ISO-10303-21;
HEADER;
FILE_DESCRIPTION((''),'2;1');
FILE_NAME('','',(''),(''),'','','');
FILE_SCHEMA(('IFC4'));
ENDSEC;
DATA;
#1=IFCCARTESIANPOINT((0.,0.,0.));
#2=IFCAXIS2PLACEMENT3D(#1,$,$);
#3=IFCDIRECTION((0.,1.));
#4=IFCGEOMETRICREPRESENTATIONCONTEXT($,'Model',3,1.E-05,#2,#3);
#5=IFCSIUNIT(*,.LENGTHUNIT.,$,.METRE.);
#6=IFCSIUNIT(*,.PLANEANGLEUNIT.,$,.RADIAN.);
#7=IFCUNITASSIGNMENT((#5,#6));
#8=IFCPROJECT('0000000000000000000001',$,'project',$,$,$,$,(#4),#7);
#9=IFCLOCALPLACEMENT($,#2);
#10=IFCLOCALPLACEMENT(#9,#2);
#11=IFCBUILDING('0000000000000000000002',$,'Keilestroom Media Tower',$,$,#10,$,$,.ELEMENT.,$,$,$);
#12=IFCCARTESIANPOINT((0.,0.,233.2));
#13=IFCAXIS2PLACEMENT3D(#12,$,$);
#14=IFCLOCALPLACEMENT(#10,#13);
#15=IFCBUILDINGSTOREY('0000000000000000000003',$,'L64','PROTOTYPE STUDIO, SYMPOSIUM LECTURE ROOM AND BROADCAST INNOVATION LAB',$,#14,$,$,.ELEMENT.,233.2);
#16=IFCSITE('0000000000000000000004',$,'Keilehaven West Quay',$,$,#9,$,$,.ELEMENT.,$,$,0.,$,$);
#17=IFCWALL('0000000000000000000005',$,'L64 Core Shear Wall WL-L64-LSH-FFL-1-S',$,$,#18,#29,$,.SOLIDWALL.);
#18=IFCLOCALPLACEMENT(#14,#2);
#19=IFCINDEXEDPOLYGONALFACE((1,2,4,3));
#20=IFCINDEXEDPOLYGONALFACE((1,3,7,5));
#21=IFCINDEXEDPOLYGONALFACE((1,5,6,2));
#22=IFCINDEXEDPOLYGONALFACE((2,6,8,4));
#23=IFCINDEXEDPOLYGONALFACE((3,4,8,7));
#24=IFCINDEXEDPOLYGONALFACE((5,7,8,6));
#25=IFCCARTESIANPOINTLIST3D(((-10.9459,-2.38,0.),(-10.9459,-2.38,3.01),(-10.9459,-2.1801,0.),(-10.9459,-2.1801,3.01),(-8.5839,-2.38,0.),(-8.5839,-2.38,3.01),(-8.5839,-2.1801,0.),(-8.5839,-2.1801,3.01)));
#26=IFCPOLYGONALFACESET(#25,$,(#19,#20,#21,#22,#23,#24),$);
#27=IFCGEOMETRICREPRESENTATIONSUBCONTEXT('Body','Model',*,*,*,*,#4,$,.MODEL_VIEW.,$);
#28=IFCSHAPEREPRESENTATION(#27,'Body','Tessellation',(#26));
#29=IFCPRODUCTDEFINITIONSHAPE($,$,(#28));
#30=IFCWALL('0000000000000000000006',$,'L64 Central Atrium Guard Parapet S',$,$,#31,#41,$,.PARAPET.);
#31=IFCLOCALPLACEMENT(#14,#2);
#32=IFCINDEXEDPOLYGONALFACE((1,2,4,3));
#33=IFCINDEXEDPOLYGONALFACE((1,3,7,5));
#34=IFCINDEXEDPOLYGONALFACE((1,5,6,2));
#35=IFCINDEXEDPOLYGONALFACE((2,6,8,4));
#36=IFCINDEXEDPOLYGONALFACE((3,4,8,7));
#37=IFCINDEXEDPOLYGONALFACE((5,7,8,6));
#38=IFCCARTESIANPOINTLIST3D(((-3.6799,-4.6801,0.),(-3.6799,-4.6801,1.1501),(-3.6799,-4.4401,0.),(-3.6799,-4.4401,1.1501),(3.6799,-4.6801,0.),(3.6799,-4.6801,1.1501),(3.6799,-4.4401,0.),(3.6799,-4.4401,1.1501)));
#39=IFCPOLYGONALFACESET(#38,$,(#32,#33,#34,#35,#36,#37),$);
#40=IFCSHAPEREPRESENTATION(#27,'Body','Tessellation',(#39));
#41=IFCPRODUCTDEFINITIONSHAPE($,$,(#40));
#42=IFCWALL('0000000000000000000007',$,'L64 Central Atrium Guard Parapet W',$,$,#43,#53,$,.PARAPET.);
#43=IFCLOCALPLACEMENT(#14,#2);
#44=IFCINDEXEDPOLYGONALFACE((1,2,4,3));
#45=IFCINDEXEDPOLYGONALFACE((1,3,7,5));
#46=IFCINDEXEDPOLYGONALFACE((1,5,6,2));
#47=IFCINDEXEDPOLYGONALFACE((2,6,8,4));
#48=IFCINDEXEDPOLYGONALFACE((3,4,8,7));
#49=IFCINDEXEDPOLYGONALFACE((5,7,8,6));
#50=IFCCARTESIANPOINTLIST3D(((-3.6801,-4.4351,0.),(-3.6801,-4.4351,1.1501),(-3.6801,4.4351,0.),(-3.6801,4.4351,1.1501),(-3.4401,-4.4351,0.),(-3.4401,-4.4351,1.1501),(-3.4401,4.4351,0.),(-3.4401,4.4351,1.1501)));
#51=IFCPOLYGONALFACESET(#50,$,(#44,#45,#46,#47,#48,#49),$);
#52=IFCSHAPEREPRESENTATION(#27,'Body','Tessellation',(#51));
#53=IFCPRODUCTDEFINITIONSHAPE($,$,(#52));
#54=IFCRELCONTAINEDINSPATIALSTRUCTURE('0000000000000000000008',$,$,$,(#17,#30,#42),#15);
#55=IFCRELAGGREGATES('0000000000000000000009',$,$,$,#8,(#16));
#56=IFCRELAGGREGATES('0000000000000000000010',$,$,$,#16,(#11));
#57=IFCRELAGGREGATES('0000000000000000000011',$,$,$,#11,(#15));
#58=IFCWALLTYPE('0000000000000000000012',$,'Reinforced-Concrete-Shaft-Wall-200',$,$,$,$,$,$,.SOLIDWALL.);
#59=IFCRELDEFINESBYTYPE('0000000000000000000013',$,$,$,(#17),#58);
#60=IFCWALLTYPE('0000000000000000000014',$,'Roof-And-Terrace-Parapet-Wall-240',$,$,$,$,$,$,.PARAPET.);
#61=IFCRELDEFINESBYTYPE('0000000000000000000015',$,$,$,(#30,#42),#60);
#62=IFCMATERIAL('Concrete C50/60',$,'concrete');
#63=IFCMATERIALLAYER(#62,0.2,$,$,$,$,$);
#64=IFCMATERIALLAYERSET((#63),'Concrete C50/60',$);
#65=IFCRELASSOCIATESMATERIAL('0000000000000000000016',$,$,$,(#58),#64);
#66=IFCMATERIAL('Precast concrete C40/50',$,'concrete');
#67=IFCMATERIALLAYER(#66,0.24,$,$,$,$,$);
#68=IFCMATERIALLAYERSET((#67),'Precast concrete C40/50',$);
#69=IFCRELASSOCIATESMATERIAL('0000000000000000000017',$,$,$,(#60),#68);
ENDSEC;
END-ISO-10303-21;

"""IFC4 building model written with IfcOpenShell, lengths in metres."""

from ifc_helpers import new_model, si_unit, direction, frame, frame_2d, origin, place, context, subcontext, project, spatial, rectangle, extrude, material, layer, layer_set, type_object, element, save


model = new_model("IFC4")

# Units and contexts
model_context = context("Model", 3, precision=1e-05, world=origin(), true_north=direction((0.0, 1.0)))
body_context = subcontext(model_context, "Body", "Model", "MODEL_VIEW")
ifc_project = project(units=[si_unit("LENGTHUNIT", "METRE"), si_unit("PLANEANGLEUNIT", "RADIAN")], contexts=[model_context])

# Site, building, storey
site_placement = place(None, origin())
site = spatial("IfcSite", under=ifc_project, at=site_placement, Name="Keilehaven West Quay", CompositionType="ELEMENT", RefElevation=0.0)
building_placement = place(site_placement, origin())
building = spatial("IfcBuilding", under=site, at=building_placement, Name="Keilestroom Media Tower", CompositionType="ELEMENT")
storey_placement = place(building_placement, frame((0.0, 0.0, 233.2)))
storey = spatial("IfcBuildingStorey", under=building, at=storey_placement, Name="L64", Description="PROTOTYPE STUDIO, SYMPOSIUM LECTURE ROOM AND BROADCAST INNOVATION LAB", CompositionType="ELEMENT", Elevation=233.2)

# Shared definitions
ifc_material_1 = material(Name="Concrete C50/60", Category="concrete")

# Shared definitions
ifc_layer_1 = layer(ifc_material_1, 0.2)
ifc_layer_set_1 = layer_set([ifc_layer_1], Name="Concrete C50/60")
wall_type_1 = type_object("IfcWallType", Name="Reinforced-Concrete-Shaft-Wall-200", PredefinedType="SOLIDWALL", material=ifc_layer_set_1)

# Walls
wall_1_placement = place(storey_placement, frame((-10.946, -2.28, 0.0), z_axis=(0.0, 0.0, 1.0), x_axis=(1.0, 0.0, 0.0)))
element("IfcWall", 1, at=wall_1_placement, inside=storey, type_object=wall_type_1, Name="L64 Core Shear Wall WL-L64-LSH-FFL-1-S", PredefinedType="SOLIDWALL", context=body_context, shape_type="SweptSolid", body=[
    extrude(rectangle(XDim=2.3621, YDim=0.2, at=frame_2d((1.1812, 0.0))), origin(), (0.0, 0.0, 1.0), 3.01),
])
ifc_material_2 = material(Name="Precast concrete C40/50", Category="concrete")
ifc_layer_2 = layer(ifc_material_2, 0.24)
ifc_layer_set_2 = layer_set([ifc_layer_2], Name="Precast concrete C40/50")
wall_type_2 = type_object("IfcWallType", Name="Roof-And-Terrace-Parapet-Wall-240", PredefinedType="PARAPET", material=ifc_layer_set_2)
wall_2_placement = place(storey_placement, frame((-3.6799, -4.5601, 0.0), z_axis=(0.0, 0.0, 1.0), x_axis=(1.0, 0.0, 0.0)))
element("IfcWall", 2, at=wall_2_placement, inside=storey, type_object=wall_type_2, Name="L64 Central Atrium Guard Parapet S", PredefinedType="PARAPET", context=body_context, shape_type="SweptSolid", body=[
    extrude(rectangle(XDim=7.3599, YDim=0.24, at=frame_2d((3.6799, 0.0))), origin(), (0.0, 0.0, 1.0), 1.1501),
])
wall_3_placement = place(storey_placement, frame((-3.5601, -4.4351, 0.0), z_axis=(0.0, 0.0, 1.0), x_axis=(0.0, 1.0, 0.0)))
element("IfcWall", 3, at=wall_3_placement, inside=storey, type_object=wall_type_2, Name="L64 Central Atrium Guard Parapet W", PredefinedType="PARAPET", context=body_context, shape_type="SweptSolid", body=[
    extrude(rectangle(XDim=8.8701, YDim=0.24, at=frame_2d((4.4351, 0.0))), origin(), (0.0, 0.0, 1.0), 1.1501),
])

save(model, "model.ifc")
